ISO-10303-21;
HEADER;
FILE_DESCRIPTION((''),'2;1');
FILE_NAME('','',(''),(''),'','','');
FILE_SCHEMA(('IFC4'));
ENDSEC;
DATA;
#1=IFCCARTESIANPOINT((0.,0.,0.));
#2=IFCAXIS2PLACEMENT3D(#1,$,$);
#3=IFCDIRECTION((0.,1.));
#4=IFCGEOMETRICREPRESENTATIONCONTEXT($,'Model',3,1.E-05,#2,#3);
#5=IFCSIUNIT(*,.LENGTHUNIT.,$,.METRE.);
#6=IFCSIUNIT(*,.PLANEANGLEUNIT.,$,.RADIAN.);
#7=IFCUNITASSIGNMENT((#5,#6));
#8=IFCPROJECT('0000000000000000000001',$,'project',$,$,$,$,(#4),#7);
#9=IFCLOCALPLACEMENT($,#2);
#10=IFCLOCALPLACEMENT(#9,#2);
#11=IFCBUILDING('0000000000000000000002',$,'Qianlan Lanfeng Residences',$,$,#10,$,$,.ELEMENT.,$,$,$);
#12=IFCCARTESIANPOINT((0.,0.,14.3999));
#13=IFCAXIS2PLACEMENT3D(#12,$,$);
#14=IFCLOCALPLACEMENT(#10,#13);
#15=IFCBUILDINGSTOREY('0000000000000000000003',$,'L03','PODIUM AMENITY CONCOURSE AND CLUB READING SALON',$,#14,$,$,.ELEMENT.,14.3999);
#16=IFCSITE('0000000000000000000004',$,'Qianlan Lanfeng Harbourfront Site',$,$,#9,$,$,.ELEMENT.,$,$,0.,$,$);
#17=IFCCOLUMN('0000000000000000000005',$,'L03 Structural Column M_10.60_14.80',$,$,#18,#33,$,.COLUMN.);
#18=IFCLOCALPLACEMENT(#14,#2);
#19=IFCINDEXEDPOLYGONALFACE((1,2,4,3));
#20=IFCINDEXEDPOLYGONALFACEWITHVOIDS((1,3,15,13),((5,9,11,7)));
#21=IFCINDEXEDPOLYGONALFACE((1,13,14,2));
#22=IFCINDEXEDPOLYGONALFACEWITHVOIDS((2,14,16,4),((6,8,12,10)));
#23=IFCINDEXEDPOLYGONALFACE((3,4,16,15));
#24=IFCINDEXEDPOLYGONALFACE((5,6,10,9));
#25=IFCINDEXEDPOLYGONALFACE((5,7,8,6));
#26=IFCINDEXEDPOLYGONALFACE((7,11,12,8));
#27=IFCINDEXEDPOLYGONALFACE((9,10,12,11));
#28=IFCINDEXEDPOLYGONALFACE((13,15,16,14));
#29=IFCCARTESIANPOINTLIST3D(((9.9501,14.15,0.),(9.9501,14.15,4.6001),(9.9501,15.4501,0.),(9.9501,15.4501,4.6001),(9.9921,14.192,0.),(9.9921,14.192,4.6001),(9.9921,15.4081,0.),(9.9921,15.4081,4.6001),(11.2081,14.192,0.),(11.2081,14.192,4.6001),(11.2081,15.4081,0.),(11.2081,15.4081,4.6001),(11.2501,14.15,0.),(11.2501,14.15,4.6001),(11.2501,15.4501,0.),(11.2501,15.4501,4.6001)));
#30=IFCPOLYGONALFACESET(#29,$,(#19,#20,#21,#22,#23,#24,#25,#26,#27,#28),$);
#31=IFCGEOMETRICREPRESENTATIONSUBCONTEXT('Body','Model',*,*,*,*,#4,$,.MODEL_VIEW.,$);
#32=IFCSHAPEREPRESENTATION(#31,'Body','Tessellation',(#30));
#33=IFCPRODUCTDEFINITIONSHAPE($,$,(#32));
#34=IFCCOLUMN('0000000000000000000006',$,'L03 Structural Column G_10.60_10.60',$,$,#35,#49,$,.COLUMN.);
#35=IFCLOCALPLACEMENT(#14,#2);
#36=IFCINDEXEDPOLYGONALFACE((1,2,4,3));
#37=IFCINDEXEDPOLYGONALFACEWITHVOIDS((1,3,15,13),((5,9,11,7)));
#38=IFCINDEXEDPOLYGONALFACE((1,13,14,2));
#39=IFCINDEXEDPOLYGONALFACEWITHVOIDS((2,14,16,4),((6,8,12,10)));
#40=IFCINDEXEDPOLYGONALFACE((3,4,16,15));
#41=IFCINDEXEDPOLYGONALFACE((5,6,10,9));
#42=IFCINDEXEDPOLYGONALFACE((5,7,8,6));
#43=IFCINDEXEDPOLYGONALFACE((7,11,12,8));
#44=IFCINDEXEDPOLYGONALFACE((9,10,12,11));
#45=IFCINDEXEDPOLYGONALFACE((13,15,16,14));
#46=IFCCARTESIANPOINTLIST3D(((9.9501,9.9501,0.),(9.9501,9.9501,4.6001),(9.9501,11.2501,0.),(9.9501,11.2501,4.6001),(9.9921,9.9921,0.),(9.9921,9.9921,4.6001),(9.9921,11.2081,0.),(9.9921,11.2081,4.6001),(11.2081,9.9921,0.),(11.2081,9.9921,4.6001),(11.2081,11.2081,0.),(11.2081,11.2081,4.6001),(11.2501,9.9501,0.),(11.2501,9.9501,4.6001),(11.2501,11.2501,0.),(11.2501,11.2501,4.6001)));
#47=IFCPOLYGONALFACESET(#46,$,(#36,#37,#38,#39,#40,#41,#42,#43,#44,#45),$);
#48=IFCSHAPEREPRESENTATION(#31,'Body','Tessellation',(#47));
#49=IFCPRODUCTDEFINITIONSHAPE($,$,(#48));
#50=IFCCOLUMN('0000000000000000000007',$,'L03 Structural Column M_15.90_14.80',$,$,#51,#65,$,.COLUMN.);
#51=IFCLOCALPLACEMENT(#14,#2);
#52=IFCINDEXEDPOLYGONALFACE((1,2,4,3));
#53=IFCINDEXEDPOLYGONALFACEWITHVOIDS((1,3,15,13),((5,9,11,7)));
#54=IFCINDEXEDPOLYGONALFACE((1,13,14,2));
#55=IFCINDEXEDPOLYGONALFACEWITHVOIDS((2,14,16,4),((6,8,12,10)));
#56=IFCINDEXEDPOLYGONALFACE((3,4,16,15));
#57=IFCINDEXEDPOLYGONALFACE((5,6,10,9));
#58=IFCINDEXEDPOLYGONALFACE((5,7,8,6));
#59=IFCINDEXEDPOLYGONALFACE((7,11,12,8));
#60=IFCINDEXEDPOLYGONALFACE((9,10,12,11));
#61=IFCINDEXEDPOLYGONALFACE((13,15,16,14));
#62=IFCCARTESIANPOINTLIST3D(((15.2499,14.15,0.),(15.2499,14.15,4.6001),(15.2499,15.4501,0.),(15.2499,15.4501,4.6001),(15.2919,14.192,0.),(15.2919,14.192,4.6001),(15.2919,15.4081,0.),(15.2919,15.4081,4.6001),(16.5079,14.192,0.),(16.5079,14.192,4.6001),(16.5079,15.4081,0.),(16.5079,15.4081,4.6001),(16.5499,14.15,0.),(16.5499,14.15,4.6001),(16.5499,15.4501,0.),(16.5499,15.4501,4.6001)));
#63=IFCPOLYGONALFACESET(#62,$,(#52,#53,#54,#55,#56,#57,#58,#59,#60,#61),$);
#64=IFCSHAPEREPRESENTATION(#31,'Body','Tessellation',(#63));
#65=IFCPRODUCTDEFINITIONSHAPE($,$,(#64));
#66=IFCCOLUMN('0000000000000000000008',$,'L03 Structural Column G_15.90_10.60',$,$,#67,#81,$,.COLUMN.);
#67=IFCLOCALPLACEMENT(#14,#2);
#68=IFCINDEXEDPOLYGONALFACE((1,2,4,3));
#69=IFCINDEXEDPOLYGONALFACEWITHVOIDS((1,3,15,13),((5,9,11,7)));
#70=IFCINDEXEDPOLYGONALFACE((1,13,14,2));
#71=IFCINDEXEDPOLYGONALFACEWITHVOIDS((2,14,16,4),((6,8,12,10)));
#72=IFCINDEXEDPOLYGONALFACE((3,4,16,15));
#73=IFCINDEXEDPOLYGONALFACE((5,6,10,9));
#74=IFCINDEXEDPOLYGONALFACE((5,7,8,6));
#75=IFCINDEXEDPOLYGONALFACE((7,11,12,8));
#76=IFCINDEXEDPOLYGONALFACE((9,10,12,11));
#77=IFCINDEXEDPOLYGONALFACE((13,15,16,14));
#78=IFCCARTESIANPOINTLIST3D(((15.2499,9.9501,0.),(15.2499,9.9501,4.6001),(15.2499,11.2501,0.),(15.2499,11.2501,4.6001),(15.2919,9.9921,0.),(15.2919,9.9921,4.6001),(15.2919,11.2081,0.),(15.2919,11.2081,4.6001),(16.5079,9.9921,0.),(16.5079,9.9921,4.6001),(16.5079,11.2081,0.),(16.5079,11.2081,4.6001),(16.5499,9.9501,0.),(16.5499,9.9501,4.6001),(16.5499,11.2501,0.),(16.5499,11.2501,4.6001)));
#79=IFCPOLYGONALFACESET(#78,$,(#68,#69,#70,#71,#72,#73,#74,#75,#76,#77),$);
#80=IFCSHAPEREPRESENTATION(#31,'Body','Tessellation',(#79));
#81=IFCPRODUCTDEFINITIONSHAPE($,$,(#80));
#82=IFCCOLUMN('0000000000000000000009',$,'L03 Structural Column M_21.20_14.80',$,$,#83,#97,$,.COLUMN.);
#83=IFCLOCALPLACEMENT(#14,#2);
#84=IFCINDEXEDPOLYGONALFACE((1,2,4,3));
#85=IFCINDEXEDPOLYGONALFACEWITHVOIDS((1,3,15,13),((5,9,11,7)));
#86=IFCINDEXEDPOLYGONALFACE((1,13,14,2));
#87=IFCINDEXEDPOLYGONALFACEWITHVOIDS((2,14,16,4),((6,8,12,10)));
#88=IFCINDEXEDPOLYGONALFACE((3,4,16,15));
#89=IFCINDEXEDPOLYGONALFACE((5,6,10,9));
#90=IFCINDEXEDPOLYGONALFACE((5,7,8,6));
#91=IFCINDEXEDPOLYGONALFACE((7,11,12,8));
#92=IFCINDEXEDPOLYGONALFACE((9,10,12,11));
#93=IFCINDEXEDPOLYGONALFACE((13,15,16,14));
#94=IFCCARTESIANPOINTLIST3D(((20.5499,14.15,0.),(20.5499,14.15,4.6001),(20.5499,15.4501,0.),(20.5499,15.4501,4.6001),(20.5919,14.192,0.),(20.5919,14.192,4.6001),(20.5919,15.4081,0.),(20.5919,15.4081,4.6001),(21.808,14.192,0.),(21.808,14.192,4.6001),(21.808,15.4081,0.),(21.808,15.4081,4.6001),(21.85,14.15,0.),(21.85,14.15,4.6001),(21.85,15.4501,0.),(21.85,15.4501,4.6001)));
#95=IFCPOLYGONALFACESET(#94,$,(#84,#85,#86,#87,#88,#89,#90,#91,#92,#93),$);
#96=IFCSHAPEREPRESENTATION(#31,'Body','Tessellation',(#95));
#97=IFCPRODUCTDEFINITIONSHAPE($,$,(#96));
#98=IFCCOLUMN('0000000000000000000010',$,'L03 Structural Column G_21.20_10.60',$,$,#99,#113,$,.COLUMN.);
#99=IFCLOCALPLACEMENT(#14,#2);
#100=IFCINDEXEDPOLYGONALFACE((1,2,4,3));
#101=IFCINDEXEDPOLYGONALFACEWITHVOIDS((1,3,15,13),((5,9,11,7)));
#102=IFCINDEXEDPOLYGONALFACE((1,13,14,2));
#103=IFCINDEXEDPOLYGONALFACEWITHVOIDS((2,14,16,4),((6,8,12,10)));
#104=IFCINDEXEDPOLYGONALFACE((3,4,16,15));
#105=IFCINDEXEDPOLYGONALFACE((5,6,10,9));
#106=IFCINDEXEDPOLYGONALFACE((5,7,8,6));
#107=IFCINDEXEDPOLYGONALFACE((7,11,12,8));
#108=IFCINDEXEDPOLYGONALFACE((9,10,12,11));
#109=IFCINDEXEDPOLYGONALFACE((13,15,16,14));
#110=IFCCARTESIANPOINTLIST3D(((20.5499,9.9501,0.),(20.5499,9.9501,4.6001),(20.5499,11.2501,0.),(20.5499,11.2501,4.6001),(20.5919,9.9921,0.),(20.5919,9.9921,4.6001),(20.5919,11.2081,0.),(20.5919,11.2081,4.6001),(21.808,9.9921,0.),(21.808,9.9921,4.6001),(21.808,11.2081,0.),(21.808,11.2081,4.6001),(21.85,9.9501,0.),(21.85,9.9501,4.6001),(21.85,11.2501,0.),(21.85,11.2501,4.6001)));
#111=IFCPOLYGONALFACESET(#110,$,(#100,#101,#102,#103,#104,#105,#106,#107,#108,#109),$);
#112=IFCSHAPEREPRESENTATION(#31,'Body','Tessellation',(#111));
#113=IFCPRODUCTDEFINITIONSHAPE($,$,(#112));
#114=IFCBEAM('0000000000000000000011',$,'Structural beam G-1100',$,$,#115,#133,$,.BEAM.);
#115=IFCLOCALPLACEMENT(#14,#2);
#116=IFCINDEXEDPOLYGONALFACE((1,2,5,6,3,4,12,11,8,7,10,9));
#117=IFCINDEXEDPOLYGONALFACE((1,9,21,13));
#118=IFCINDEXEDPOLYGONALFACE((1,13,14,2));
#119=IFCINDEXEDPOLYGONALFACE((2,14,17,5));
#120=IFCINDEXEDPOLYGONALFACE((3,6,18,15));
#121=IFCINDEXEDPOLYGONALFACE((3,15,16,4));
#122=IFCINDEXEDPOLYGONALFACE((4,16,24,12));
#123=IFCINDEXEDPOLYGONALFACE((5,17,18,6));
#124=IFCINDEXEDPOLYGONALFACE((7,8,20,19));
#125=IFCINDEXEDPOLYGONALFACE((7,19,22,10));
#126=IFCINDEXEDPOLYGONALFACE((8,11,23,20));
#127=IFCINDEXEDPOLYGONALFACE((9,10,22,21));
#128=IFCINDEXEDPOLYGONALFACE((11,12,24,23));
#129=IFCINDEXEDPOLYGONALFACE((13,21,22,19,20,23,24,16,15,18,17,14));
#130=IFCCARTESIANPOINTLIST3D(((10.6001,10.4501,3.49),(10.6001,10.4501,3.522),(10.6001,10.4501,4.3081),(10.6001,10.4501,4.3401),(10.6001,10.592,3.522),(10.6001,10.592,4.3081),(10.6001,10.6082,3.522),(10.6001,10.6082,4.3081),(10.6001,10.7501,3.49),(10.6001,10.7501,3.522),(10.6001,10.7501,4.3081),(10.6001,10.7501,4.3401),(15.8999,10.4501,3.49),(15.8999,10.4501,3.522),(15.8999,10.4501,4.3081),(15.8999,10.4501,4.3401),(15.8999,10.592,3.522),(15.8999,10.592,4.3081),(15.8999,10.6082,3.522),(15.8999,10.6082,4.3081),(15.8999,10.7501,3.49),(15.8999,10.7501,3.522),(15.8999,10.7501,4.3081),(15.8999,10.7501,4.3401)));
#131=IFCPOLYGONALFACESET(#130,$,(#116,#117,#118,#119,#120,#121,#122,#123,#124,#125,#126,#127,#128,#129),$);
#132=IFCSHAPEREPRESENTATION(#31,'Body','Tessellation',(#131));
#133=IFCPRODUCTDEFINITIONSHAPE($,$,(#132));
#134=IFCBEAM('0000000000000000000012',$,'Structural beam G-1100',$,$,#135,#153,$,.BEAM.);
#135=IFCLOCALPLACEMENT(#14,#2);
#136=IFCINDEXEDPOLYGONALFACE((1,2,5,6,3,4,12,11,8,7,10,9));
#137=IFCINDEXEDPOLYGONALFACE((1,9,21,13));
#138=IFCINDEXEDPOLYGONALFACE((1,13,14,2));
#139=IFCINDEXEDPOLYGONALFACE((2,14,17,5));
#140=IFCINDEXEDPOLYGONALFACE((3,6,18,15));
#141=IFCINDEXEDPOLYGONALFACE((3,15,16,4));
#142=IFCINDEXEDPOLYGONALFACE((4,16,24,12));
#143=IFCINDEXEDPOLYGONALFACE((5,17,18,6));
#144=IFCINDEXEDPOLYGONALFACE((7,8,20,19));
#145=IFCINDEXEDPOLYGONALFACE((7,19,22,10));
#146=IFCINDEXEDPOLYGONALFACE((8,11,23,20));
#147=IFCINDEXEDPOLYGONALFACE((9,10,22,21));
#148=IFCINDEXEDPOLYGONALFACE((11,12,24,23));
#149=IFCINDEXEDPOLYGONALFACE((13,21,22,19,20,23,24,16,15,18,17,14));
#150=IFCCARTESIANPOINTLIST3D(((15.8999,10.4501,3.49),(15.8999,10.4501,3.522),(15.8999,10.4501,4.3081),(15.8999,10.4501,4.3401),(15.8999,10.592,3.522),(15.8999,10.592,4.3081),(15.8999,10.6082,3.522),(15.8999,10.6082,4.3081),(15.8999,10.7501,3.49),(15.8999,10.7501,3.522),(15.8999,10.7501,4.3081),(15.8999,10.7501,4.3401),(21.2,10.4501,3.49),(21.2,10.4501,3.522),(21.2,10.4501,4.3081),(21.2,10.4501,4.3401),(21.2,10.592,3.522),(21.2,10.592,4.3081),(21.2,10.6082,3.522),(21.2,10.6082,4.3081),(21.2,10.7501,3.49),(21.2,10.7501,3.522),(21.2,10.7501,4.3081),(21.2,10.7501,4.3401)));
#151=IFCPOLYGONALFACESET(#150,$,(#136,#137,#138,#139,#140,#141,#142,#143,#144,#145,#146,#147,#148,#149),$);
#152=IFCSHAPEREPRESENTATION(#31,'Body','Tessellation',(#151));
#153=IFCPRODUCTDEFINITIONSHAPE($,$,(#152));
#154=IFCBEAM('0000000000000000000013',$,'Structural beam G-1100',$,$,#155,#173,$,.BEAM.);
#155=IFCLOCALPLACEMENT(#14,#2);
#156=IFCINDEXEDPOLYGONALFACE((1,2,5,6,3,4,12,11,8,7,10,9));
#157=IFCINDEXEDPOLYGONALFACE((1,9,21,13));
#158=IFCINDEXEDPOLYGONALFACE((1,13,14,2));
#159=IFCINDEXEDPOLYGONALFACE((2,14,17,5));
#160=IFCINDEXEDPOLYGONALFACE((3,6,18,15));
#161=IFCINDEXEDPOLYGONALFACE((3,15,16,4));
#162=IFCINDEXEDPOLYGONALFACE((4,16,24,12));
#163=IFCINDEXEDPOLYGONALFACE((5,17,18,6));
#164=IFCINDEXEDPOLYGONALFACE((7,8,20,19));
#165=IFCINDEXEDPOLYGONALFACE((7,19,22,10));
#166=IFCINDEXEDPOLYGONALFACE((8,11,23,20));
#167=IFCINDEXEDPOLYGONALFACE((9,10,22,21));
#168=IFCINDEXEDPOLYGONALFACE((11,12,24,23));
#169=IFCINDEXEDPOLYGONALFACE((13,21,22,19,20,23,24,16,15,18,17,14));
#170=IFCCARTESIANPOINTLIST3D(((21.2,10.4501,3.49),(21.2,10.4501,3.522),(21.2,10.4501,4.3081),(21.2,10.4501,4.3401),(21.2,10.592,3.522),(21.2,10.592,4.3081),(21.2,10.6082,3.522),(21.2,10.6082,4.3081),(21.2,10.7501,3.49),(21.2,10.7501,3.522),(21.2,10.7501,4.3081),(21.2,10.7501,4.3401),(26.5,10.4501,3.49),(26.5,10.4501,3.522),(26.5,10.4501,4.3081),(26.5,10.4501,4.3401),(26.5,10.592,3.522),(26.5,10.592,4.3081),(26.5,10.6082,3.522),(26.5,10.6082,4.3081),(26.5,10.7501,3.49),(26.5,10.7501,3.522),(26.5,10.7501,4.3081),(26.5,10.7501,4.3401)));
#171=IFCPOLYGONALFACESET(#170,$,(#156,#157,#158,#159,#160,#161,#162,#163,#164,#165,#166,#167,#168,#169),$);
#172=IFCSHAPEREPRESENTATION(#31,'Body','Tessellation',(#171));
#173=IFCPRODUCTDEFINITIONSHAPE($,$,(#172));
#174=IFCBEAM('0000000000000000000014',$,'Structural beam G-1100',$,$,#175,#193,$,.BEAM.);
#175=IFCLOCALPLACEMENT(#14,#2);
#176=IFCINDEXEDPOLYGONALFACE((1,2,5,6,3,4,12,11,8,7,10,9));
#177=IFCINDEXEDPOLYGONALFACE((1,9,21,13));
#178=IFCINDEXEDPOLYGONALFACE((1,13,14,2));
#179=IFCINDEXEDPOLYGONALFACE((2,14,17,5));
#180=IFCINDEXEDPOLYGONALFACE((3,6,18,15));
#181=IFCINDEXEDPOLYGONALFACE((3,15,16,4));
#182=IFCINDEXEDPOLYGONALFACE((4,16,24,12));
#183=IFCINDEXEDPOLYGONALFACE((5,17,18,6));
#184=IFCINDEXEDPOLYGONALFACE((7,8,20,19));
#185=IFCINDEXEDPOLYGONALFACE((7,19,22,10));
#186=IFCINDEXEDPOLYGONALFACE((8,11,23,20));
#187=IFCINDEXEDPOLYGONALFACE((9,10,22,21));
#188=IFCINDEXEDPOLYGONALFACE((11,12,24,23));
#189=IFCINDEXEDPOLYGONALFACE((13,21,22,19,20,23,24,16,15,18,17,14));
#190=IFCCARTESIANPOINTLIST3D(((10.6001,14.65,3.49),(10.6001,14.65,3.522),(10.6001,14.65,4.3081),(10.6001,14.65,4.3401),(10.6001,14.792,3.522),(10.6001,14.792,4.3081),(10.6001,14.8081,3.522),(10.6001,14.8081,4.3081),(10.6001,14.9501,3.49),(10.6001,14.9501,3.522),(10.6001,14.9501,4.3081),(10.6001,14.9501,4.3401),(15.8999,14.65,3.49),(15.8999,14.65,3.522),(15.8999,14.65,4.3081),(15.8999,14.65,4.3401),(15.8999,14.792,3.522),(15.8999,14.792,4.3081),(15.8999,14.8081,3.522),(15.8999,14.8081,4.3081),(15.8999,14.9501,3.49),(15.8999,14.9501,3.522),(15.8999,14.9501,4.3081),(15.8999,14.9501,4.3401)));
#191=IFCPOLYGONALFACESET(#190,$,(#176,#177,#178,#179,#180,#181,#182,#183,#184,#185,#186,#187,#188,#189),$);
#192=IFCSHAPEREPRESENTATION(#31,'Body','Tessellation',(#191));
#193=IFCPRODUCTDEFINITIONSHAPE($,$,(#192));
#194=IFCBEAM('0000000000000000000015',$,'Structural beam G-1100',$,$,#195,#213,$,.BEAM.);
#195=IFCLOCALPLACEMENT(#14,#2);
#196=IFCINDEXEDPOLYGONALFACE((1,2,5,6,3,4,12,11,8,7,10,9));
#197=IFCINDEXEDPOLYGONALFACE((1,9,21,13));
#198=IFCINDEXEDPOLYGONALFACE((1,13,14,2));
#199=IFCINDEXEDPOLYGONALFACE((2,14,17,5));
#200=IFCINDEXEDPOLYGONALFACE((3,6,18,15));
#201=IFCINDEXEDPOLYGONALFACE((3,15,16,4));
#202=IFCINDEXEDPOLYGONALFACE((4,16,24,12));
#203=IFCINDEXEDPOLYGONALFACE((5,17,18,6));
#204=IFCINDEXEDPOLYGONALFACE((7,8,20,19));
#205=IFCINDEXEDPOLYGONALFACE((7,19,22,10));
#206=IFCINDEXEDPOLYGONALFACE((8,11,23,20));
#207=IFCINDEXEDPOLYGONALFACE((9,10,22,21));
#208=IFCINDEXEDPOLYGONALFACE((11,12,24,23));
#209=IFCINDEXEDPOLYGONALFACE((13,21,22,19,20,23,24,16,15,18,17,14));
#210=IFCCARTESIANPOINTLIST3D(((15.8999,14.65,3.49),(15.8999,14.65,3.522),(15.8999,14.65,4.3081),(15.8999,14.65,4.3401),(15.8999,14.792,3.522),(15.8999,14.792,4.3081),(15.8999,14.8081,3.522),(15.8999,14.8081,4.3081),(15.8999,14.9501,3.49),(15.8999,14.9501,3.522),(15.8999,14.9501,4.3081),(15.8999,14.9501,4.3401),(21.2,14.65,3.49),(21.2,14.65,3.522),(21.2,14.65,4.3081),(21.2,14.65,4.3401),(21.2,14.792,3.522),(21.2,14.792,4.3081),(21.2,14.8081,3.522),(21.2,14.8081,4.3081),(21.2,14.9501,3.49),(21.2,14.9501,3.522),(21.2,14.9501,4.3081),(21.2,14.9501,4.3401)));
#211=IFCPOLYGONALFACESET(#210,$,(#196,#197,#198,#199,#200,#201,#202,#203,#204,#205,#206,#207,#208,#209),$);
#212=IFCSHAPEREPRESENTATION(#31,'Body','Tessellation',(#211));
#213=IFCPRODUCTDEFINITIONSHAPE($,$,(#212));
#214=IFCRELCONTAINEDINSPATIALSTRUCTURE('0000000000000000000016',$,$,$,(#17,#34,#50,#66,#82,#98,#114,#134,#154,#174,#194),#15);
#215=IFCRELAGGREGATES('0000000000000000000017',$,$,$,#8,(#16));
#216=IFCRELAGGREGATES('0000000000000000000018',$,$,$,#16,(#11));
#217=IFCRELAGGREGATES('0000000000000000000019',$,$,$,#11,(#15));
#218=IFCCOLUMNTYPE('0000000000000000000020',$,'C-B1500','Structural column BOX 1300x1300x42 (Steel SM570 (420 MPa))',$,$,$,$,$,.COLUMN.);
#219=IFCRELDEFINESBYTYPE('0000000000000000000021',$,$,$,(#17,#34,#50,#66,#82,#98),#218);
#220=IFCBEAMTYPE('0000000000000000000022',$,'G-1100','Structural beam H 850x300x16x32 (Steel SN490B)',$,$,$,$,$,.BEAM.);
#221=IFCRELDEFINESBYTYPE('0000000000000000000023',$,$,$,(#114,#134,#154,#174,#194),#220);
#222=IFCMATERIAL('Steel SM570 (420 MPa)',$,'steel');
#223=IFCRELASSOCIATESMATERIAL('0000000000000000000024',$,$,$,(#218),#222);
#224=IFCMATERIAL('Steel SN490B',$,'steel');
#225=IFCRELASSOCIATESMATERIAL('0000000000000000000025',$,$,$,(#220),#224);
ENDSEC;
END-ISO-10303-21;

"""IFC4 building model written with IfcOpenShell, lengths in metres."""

from ifc_helpers import new_model, si_unit, direction, frame, origin, origin_2d, place, context, subcontext, project, spatial, hollow_rectangle, i_section, extrude, material, material_profile, profile_set, type_object, element, save


model = new_model("IFC4")

# Units and contexts
model_context = context("Model", 3, precision=1e-05, world=origin(), true_north=direction((0.0, 1.0)))
body_context = subcontext(model_context, "Body", "Model", "MODEL_VIEW")
ifc_project = project(units=[si_unit("LENGTHUNIT", "METRE"), si_unit("PLANEANGLEUNIT", "RADIAN")], contexts=[model_context])

# Site, building, storey
site_placement = place(None, origin())
site = spatial("IfcSite", under=ifc_project, at=site_placement, Name="Qianlan Lanfeng Harbourfront Site", CompositionType="ELEMENT", RefElevation=0.0)
building_placement = place(site_placement, origin())
building = spatial("IfcBuilding", under=site, at=building_placement, Name="Qianlan Lanfeng Residences", CompositionType="ELEMENT")
storey_placement = place(building_placement, frame((0.0, 0.0, 14.3999)))
storey = spatial("IfcBuildingStorey", under=building, at=storey_placement, Name="L03", Description="PODIUM AMENITY CONCOURSE AND CLUB READING SALON", CompositionType="ELEMENT", Elevation=14.3999)

# Columns
ifc_material_1 = material(Name="Steel SM570 (420 MPa)", Category="steel")
ifc_material_profile_1 = material_profile(ifc_material_1, hollow_rectangle(XDim=1.3, YDim=1.3, WallThickness=0.042, at=origin_2d()), Name="BOX 1300x1300x42")
ifc_profile_set_1 = profile_set([ifc_material_profile_1], Name="Steel SM570 (420 MPa)")
column_type = type_object("IfcColumnType", Name="C-B1500", Description="Structural column BOX 1300x1300x42 (Steel SM570 (420 MPa))", PredefinedType="COLUMN", material=ifc_profile_set_1)
for number, where, z_axis, x_axis, name in (
    (1, (10.6001, 14.8, 0.0), (0.0, 0.0, 1.0), (1.0, 0.0, 0.0), "L03 Structural Column M_10.60_14.80"),
    (2, (10.6001, 10.6001, 0.0), (0.0, 0.0, 1.0), (1.0, 0.0, 0.0), "L03 Structural Column G_10.60_10.60"),
    (3, (15.8999, 14.8, 0.0), (0.0, 0.0, 1.0), (1.0, 0.0, 0.0), "L03 Structural Column M_15.90_14.80"),
    (4, (15.8999, 10.6001, 0.0), (0.0, 0.0, 1.0), (1.0, 0.0, 0.0), "L03 Structural Column G_15.90_10.60"),
    (5, (21.2, 14.8, 0.0), (0.0, 0.0, 1.0), (1.0, 0.0, 0.0), "L03 Structural Column M_21.20_14.80"),
    (6, (21.2, 10.6001, 0.0), (0.0, 0.0, 1.0), (1.0, 0.0, 0.0), "L03 Structural Column G_21.20_10.60"),
):
    element("IfcColumn", number, at=place(storey_placement, frame(where, z_axis=z_axis, x_axis=x_axis)), inside=storey, type_object=column_type, Name=name, PredefinedType="COLUMN", context=body_context, shape_type="SweptSolid", body=[
        extrude(hollow_rectangle(XDim=1.3, YDim=1.3, WallThickness=0.042, at=origin_2d()), origin(), (0.0, 0.0, 1.0), 4.6001),
    ])

# Beams
ifc_material_2 = material(Name="Steel SN490B", Category="steel")
ifc_material_profile_2 = material_profile(ifc_material_2, i_section(OverallWidth=0.3, OverallDepth=0.8501, WebThickness=0.0161, FlangeThickness=0.032, at=origin_2d()), Name="H 850x300x16x32")
ifc_profile_set_2 = profile_set([ifc_material_profile_2], Name="Steel SN490B")
beam_type_1 = type_object("IfcBeamType", Name="G-1100", Description="Structural beam H 850x300x16x32 (Steel SN490B)", PredefinedType="BEAM", material=ifc_profile_set_2)
beam_1_placement = place(storey_placement, frame((10.6001, 10.6001, 3.915), z_axis=(1.0, 0.0, 0.0), x_axis=(0.0, 1.0, 0.0)))
element("IfcBeam", 7, at=beam_1_placement, inside=storey, type_object=beam_type_1, Name="Structural beam G-1100", PredefinedType="BEAM", context=body_context, shape_type="SweptSolid", body=[
    extrude(i_section(OverallWidth=0.3, OverallDepth=0.8501, WebThickness=0.0161, FlangeThickness=0.032, at=origin_2d()), origin(), (0.0, 0.0, 1.0), 5.2998),
])
for number, where, z_axis, x_axis, name in (
    (8, (15.8999, 10.6001, 3.915), (1.0, 0.0, 0.0), (0.0, 1.0, 0.0), "Structural beam G-1100"),
    (9, (21.2, 10.6001, 3.915), (1.0, 0.0, 0.0), (0.0, 1.0, 0.0), "Structural beam G-1100"),
):
    element("IfcBeam", number, at=place(storey_placement, frame(where, z_axis=z_axis, x_axis=x_axis)), inside=storey, type_object=beam_type_1, Name=name, PredefinedType="BEAM", context=body_context, shape_type="SweptSolid", body=[
        extrude(i_section(OverallWidth=0.3, OverallDepth=0.8501, WebThickness=0.0161, FlangeThickness=0.032, at=origin_2d()), origin(), (0.0, 0.0, 1.0), 5.3),
    ])
beam_2_placement = place(storey_placement, frame((10.6001, 14.8, 3.915), z_axis=(1.0, 0.0, 0.0), x_axis=(0.0, 1.0, 0.0)))
element("IfcBeam", 10, at=beam_2_placement, inside=storey, type_object=beam_type_1, Name="Structural beam G-1100", PredefinedType="BEAM", context=body_context, shape_type="SweptSolid", body=[
    extrude(i_section(OverallWidth=0.3, OverallDepth=0.8501, WebThickness=0.0161, FlangeThickness=0.032, at=origin_2d()), origin(), (0.0, 0.0, 1.0), 5.2998),
])
for number, where, z_axis, x_axis, name in (
    (11, (15.8999, 14.8, 3.915), (1.0, 0.0, 0.0), (0.0, 1.0, 0.0), "Structural beam G-1100"),
):
    element("IfcBeam", number, at=place(storey_placement, frame(where, z_axis=z_axis, x_axis=x_axis)), inside=storey, type_object=beam_type_1, Name=name, PredefinedType="BEAM", context=body_context, shape_type="SweptSolid", body=[
        extrude(i_section(OverallWidth=0.3, OverallDepth=0.8501, WebThickness=0.0161, FlangeThickness=0.032, at=origin_2d()), origin(), (0.0, 0.0, 1.0), 5.3),
    ])

save(model, "model.ifc")
